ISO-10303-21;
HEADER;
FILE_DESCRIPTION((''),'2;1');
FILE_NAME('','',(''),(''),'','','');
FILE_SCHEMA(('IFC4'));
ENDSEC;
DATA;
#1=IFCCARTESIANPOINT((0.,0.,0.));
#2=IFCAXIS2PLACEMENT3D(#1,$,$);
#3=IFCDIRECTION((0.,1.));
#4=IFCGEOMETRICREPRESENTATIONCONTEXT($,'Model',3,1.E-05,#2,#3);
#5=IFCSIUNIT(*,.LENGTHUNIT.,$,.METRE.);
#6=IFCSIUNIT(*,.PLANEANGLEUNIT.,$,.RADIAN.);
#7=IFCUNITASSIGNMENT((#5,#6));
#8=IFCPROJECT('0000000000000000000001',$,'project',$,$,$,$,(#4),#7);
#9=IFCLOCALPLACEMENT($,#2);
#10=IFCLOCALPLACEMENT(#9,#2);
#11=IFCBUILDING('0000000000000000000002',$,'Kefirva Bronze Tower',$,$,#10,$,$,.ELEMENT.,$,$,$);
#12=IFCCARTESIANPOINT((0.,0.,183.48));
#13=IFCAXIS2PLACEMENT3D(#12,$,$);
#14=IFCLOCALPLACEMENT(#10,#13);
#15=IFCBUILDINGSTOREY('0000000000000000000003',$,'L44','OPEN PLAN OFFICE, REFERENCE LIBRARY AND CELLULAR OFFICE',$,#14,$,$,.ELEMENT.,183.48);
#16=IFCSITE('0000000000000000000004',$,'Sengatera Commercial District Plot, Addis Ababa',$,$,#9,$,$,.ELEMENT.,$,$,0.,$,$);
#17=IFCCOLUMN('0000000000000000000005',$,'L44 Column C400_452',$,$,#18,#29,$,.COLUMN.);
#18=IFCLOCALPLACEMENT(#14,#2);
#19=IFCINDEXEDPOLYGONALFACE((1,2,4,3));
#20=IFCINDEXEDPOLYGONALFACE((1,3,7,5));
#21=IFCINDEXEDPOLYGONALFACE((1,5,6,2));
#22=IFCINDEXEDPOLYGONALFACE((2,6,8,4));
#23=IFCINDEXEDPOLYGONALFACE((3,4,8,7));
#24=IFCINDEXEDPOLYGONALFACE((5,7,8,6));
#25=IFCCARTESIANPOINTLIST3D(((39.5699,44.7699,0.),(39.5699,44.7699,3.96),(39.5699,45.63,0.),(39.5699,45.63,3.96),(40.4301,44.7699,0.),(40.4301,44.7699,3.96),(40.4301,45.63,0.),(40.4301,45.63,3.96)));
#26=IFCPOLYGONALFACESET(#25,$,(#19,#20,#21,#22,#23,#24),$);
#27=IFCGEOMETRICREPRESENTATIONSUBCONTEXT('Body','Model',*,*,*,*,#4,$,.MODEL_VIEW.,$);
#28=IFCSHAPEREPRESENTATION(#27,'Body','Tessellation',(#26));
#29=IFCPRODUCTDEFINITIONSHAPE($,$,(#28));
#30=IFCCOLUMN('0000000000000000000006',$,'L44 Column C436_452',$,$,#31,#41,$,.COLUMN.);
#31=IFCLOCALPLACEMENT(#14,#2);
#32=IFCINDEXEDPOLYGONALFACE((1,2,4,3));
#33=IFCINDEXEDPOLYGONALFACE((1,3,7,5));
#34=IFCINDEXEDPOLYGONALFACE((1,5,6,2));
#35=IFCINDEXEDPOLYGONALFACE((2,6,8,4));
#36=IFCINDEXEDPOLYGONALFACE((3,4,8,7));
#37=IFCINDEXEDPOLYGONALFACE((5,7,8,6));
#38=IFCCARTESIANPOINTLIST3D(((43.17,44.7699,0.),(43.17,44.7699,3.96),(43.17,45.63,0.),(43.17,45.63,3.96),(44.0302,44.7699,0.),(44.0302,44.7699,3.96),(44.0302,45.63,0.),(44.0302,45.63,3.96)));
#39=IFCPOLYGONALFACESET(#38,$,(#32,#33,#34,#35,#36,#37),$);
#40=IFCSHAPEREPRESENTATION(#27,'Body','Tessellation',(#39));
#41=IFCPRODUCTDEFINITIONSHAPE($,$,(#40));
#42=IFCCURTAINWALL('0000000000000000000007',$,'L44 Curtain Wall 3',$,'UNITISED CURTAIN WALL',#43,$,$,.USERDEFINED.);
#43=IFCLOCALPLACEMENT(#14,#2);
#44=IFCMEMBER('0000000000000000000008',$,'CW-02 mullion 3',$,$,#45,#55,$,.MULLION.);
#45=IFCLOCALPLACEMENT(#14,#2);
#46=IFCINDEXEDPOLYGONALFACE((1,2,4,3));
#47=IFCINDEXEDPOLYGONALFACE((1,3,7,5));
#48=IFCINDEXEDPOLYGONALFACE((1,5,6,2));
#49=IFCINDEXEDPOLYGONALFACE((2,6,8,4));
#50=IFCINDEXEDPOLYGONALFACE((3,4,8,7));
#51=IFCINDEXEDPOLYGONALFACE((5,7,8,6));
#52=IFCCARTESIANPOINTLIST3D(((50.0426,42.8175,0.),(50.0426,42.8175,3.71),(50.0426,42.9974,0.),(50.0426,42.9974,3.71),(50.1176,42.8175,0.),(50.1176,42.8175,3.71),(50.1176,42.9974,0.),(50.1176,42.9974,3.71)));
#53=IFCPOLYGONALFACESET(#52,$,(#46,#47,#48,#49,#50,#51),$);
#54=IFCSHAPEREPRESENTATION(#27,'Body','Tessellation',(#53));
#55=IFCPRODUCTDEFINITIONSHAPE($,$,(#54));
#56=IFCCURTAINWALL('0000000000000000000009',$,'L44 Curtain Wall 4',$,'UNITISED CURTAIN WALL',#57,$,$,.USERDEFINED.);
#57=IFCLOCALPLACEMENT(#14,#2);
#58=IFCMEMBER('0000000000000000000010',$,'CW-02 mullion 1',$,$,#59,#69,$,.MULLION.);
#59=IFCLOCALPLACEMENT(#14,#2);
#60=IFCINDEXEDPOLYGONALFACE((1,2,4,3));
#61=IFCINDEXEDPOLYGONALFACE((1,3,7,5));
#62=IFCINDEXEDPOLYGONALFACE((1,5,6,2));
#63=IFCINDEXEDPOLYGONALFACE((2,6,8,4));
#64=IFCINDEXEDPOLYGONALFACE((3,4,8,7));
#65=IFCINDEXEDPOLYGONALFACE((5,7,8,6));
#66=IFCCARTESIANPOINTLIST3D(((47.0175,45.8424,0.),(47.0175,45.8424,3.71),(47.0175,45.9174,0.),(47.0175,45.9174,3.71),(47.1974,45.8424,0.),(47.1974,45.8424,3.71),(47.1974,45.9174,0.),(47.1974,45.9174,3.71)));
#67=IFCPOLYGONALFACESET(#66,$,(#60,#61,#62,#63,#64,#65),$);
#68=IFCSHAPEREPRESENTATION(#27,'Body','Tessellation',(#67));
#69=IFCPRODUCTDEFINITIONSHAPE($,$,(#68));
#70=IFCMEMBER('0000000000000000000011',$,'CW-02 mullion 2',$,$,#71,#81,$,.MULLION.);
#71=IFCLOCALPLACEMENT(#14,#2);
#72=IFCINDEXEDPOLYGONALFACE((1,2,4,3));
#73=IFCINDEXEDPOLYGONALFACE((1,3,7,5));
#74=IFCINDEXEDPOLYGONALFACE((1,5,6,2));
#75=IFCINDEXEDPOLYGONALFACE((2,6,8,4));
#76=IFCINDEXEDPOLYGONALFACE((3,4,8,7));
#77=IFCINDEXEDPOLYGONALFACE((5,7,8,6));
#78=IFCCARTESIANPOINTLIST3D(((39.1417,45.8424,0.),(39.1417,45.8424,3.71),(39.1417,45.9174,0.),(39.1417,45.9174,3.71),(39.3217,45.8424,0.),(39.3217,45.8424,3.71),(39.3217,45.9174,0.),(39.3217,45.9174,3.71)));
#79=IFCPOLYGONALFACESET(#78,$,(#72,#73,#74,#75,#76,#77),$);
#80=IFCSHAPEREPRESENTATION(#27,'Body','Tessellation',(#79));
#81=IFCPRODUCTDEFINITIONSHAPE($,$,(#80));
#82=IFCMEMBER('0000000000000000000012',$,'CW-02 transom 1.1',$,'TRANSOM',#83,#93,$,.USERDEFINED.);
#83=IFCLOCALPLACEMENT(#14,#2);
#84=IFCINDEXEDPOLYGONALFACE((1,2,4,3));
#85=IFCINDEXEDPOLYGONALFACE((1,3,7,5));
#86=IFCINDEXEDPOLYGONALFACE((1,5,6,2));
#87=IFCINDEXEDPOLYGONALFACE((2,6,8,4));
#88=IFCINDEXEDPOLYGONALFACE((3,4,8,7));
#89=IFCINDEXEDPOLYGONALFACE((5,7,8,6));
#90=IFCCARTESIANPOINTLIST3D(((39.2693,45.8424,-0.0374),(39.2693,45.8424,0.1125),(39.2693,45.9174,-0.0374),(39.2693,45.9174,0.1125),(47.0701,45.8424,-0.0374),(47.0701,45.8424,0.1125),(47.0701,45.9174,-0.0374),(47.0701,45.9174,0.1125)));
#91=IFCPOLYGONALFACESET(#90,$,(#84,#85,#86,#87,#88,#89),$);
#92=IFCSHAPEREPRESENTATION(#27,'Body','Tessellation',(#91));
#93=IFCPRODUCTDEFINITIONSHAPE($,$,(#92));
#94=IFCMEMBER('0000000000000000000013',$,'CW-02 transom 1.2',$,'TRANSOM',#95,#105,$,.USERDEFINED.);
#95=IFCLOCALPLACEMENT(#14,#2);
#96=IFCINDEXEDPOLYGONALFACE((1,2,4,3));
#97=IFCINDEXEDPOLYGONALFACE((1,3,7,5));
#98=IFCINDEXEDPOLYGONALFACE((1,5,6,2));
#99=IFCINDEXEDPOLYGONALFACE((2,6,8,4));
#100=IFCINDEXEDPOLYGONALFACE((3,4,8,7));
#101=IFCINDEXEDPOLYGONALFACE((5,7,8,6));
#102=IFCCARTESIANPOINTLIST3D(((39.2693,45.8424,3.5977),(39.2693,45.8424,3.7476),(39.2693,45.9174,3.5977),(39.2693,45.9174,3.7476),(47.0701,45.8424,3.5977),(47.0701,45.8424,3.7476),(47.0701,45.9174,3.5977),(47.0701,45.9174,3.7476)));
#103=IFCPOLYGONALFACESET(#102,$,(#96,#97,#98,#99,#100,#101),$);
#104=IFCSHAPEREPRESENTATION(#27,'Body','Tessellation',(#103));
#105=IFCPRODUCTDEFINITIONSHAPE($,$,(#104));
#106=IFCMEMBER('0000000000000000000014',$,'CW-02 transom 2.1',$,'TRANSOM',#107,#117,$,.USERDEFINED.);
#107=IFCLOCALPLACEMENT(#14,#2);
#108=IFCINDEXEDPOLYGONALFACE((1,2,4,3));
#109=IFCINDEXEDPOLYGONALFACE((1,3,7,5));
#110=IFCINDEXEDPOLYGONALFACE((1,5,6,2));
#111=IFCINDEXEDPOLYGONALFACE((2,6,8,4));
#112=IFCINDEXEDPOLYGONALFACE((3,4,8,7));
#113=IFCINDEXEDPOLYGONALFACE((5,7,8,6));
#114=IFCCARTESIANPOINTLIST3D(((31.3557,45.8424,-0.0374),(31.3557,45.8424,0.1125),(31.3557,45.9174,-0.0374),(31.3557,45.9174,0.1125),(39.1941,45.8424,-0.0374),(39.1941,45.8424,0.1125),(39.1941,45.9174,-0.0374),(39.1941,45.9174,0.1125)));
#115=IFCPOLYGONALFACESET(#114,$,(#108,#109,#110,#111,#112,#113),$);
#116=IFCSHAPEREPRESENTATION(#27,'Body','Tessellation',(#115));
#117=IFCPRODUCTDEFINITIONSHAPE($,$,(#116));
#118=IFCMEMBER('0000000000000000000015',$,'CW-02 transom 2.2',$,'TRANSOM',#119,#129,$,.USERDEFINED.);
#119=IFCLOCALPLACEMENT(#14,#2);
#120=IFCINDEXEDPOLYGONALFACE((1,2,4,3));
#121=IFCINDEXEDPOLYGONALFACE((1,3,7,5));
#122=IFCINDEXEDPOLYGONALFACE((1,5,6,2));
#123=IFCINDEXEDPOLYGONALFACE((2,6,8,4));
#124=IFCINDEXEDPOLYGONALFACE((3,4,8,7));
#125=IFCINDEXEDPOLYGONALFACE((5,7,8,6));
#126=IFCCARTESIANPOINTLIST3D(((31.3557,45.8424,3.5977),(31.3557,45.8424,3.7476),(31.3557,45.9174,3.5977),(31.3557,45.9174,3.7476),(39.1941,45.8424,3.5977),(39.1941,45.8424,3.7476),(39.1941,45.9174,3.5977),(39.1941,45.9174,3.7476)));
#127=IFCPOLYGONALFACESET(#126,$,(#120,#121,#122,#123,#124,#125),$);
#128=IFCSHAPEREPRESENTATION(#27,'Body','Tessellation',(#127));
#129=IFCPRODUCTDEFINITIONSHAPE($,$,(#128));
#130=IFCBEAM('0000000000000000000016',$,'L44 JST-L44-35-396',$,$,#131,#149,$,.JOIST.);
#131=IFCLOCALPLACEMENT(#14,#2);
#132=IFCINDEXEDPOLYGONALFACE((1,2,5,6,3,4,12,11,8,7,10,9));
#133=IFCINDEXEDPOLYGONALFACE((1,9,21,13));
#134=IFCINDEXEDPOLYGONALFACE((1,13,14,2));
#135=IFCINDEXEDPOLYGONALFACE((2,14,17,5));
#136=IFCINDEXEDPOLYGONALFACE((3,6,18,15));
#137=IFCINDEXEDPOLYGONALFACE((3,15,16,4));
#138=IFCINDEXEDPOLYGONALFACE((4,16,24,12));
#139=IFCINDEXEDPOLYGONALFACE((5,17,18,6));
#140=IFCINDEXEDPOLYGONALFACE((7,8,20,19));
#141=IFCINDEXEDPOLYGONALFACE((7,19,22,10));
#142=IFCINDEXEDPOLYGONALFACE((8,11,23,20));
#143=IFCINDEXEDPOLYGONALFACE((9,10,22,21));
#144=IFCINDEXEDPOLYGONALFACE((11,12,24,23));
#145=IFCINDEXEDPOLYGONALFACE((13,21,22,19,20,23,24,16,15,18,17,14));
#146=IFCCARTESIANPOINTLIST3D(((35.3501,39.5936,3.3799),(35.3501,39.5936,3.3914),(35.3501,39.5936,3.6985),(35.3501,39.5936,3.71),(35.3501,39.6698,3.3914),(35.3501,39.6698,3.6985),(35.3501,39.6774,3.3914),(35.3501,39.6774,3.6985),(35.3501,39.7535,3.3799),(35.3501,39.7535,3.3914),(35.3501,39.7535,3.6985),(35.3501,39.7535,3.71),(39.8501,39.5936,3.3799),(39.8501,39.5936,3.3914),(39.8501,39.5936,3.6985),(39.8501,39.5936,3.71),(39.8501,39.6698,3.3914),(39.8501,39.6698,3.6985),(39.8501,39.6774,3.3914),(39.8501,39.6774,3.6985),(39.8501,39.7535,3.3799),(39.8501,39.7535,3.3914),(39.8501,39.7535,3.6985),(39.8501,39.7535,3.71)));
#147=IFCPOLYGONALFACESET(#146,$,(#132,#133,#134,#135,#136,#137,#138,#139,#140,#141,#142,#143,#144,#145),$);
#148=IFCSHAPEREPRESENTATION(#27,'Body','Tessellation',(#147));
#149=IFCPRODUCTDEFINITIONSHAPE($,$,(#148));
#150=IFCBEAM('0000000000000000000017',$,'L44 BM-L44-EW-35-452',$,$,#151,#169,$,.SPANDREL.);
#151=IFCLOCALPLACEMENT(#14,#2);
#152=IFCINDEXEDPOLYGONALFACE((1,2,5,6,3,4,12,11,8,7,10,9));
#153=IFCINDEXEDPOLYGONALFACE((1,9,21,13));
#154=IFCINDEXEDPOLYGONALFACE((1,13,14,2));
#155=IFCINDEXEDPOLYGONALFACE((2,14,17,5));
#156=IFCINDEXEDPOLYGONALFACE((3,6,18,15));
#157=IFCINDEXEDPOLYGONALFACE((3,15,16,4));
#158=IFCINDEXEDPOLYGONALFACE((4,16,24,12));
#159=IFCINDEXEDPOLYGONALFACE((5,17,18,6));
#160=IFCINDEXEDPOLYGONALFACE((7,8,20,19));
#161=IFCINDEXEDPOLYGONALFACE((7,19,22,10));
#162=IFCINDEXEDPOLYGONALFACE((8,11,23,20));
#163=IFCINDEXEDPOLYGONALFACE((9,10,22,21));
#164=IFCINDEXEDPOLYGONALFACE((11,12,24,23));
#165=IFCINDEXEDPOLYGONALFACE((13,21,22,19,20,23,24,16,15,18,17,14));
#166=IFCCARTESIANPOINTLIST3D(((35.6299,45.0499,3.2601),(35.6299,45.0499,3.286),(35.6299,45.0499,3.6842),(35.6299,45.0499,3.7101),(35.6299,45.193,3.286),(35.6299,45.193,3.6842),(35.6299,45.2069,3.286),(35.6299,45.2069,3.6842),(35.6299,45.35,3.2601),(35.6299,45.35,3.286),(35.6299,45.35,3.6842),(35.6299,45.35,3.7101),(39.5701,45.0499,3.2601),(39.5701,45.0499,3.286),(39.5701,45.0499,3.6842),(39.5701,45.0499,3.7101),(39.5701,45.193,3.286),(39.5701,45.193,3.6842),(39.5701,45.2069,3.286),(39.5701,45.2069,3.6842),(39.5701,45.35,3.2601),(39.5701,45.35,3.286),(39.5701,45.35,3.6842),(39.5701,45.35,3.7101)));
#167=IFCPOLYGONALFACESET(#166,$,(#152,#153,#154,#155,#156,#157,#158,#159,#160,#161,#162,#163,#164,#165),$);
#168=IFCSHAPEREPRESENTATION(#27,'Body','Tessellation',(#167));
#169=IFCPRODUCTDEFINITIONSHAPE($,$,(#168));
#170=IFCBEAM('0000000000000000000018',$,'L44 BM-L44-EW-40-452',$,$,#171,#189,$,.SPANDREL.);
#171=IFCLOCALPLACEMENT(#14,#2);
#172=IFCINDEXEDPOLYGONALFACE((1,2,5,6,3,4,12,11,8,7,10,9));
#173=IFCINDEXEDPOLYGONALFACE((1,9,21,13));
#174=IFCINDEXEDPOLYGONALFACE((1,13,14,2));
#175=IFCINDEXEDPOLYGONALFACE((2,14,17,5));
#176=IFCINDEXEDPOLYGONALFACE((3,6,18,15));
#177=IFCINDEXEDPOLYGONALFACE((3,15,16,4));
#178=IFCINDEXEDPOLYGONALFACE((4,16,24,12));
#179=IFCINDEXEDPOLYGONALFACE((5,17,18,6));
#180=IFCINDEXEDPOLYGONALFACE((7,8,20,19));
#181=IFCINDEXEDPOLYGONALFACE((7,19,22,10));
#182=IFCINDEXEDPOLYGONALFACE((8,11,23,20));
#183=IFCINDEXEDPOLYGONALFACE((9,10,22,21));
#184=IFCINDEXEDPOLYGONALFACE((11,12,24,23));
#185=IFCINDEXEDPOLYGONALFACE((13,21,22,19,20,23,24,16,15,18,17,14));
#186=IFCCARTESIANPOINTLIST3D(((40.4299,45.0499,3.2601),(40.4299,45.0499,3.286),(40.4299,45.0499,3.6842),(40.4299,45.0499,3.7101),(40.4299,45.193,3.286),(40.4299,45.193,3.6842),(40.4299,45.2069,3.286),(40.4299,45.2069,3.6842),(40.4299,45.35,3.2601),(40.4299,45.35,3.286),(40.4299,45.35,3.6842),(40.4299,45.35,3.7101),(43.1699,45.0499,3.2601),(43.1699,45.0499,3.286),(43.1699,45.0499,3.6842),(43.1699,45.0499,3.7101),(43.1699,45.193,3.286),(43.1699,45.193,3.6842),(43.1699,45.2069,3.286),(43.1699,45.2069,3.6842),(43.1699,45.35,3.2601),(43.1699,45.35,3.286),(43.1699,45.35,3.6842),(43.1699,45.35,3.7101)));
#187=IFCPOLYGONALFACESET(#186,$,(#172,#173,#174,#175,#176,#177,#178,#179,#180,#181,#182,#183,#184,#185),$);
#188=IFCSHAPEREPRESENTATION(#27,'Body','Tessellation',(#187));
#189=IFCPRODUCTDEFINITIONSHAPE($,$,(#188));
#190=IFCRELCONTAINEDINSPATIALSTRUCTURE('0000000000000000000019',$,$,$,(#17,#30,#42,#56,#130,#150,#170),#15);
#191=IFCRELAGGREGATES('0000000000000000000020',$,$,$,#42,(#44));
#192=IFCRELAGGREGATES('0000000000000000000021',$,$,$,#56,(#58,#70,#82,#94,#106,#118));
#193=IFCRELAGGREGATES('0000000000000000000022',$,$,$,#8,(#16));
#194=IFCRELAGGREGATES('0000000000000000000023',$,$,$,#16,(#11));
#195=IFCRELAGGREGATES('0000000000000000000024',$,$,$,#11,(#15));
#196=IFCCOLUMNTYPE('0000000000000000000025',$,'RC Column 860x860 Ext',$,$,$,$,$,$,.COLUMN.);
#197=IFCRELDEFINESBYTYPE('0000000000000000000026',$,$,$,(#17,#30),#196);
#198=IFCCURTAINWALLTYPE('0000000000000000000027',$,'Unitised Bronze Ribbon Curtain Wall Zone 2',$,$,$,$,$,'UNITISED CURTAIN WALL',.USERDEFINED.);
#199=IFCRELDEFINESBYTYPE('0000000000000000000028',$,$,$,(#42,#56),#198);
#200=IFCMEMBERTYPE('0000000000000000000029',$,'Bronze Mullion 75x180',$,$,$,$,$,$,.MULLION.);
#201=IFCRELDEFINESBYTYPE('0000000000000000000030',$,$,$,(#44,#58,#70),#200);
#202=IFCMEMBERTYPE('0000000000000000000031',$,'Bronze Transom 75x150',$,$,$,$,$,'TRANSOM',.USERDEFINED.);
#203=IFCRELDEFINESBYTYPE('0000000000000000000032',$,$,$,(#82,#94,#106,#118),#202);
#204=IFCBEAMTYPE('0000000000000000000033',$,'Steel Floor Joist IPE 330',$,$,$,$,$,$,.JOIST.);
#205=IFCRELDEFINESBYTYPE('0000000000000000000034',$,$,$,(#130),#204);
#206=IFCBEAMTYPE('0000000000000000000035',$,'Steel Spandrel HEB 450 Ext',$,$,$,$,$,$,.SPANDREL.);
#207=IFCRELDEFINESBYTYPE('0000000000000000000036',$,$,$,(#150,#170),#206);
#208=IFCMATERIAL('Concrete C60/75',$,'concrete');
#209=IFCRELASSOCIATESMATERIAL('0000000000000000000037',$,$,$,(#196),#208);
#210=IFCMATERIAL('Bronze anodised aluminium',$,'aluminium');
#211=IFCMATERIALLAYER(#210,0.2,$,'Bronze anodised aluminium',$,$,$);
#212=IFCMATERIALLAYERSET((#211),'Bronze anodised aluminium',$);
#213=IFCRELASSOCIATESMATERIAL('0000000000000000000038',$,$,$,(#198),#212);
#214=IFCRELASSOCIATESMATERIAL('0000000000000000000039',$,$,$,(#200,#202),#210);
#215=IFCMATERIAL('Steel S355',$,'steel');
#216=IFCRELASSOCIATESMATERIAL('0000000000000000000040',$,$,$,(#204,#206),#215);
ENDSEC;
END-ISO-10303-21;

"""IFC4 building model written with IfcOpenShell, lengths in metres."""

from ifc_helpers import new_model, si_unit, direction, frame, origin, origin_2d, place, context, subcontext, project, spatial, rectangle, i_section, extrude, material, layer, layer_set, material_profile, profile_set, type_object, element, aggregate, save


model = new_model("IFC4")

# Units and contexts
model_context = context("Model", 3, precision=1e-05, world=origin(), true_north=direction((0.0, 1.0)))
body_context = subcontext(model_context, "Body", "Model", "MODEL_VIEW")
ifc_project = project(units=[si_unit("LENGTHUNIT", "METRE"), si_unit("PLANEANGLEUNIT", "RADIAN")], contexts=[model_context])

# Site, building, storey
site_placement = place(None, origin())
site = spatial("IfcSite", under=ifc_project, at=site_placement, Name="Sengatera Commercial District Plot, Addis Ababa", CompositionType="ELEMENT", RefElevation=0.0)
building_placement = place(site_placement, origin())
building = spatial("IfcBuilding", under=site, at=building_placement, Name="Kefirva Bronze Tower", CompositionType="ELEMENT")
storey_placement = place(building_placement, frame((0.0, 0.0, 183.48)))
storey = spatial("IfcBuildingStorey", under=building, at=storey_placement, Name="L44", Description="OPEN PLAN OFFICE, REFERENCE LIBRARY AND CELLULAR OFFICE", CompositionType="ELEMENT", Elevation=183.48)

# Columns
ifc_material_1 = material(Name="Concrete C60/75", Category="concrete")
ifc_material_profile_1 = material_profile(ifc_material_1, rectangle(XDim=0.8601, YDim=0.8601, at=origin_2d()), Name="RC 860x860")
ifc_profile_set_1 = profile_set([ifc_material_profile_1], Name="Concrete C60/75")
column_type = type_object("IfcColumnType", Name="RC Column 860x860 Ext", PredefinedType="COLUMN", material=ifc_profile_set_1)
for number, where, z_axis, x_axis, name in (
    (1, (40.0, 45.2, 0.0), (0.0, 0.0, 1.0), (1.0, 0.0, 0.0), "L44 Column C400_452"),
    (2, (43.6001, 45.2, 0.0), (0.0, 0.0, 1.0), (1.0, 0.0, 0.0), "L44 Column C436_452"),
):
    element("IfcColumn", number, at=place(storey_placement, frame(where, z_axis=z_axis, x_axis=x_axis)), inside=storey, type_object=column_type, Name=name, PredefinedType="COLUMN", context=body_context, shape_type="SweptSolid", body=[
        extrude(rectangle(XDim=0.8601, YDim=0.8601, at=origin_2d()), origin(), (0.0, 0.0, 1.0), 3.96),
    ])

# Curtain wall, member
ifc_material_2 = material(Name="Bronze anodised aluminium", Category="aluminium")
ifc_layer_1 = layer(ifc_material_2, 0.2, Name="Bronze anodised aluminium")
ifc_layer_set_1 = layer_set([ifc_layer_1], Name="Bronze anodised aluminium")
curtain_wall_type = type_object("IfcCurtainWallType", Name="Unitised Bronze Ribbon Curtain Wall Zone 2", ElementType="UNITISED CURTAIN WALL", PredefinedType="USERDEFINED", material=ifc_layer_set_1)
curtain_wall_1_placement = place(storey_placement, origin())
curtain_wall_1 = element("IfcCurtainWall", 3, at=curtain_wall_1_placement, inside=storey, type_object=curtain_wall_type, Name="L44 Curtain Wall 3", ObjectType="UNITISED CURTAIN WALL", PredefinedType="USERDEFINED")
ifc_material_profile_2 = material_profile(ifc_material_2, rectangle(XDim=0.075, YDim=0.1799, at=origin_2d()), Name="ALU 75x180")
ifc_profile_set_2 = profile_set([ifc_material_profile_2], Name="Bronze anodised aluminium")
member_type_1 = type_object("IfcMemberType", Name="Bronze Mullion 75x180", PredefinedType="MULLION", material=ifc_profile_set_2)
member_1_placement = place(storey_placement, frame((50.0801, 42.9075, 0.0), z_axis=(0.0, 0.0, 1.0), x_axis=(-1.0, 0.0, 0.0)))
member_1 = element("IfcMember", 4, at=member_1_placement, type_object=member_type_1, Name="CW-02 mullion 3", PredefinedType="MULLION", context=body_context, shape_type="SweptSolid", body=[
    extrude(rectangle(XDim=0.075, YDim=0.1799, at=origin_2d()), origin(), (0.0, 0.0, 1.0), 3.71),
])
aggregate(curtain_wall_1, [member_1])

# Curtain wall, members
curtain_wall_2_placement = place(storey_placement, origin())
curtain_wall_2 = element("IfcCurtainWall", 5, at=curtain_wall_2_placement, inside=storey, type_object=curtain_wall_type, Name="L44 Curtain Wall 4", ObjectType="UNITISED CURTAIN WALL", PredefinedType="USERDEFINED")
member_2_placement = place(storey_placement, frame((47.1074, 45.8799, 0.0), z_axis=(0.0, 0.0, 1.0), x_axis=(0.0, -1.0, 0.0)))
member_2 = element("IfcMember", 6, at=member_2_placement, type_object=member_type_1, Name="CW-02 mullion 1", PredefinedType="MULLION", context=body_context, shape_type="SweptSolid", body=[
    extrude(rectangle(XDim=0.075, YDim=0.1799, at=origin_2d()), origin(), (0.0, 0.0, 1.0), 3.71),
])
member_3_placement = place(storey_placement, frame((39.2317, 45.8799, 0.0), z_axis=(0.0, 0.0, 1.0), x_axis=(0.0, -1.0, 0.0)))
member_3 = element("IfcMember", 7, at=member_3_placement, type_object=member_type_1, Name="CW-02 mullion 2", PredefinedType="MULLION", context=body_context, shape_type="SweptSolid", body=[
    extrude(rectangle(XDim=0.075, YDim=0.1799, at=origin_2d()), origin(), (0.0, 0.0, 1.0), 3.71),
])
ifc_material_profile_3 = material_profile(ifc_material_2, rectangle(XDim=0.075, YDim=0.1499, at=origin_2d()), Name="ALU 75x150")
ifc_profile_set_3 = profile_set([ifc_material_profile_3], Name="Bronze anodised aluminium")
member_type_2 = type_object("IfcMemberType", Name="Bronze Transom 75x150", ElementType="TRANSOM", PredefinedType="USERDEFINED", material=ifc_profile_set_3)
member_4_placement = place(storey_placement, frame((47.0701, 45.8799, 0.0376), z_axis=(-1.0, 0.0, 0.0), x_axis=(0.0, -1.0, 0.0)))
member_4 = element("IfcMember", 8, at=member_4_placement, type_object=member_type_2, Name="CW-02 transom 1.1", ObjectType="TRANSOM", PredefinedType="USERDEFINED", context=body_context, shape_type="SweptSolid", body=[
    extrude(rectangle(XDim=0.075, YDim=0.1499, at=origin_2d()), origin(), (0.0, 0.0, 1.0), 7.8008),
])
member_5_placement = place(storey_placement, frame((47.0701, 45.8799, 3.6726), z_axis=(-1.0, 0.0, 0.0), x_axis=(0.0, -1.0, 0.0)))
member_5 = element("IfcMember", 9, at=member_5_placement, type_object=member_type_2, Name="CW-02 transom 1.2", ObjectType="TRANSOM", PredefinedType="USERDEFINED", context=body_context, shape_type="SweptSolid", body=[
    extrude(rectangle(XDim=0.075, YDim=0.1499, at=origin_2d()), origin(), (0.0, 0.0, 1.0), 7.8008),
])
member_6_placement = place(storey_placement, frame((39.1941, 45.8799, 0.0376), z_axis=(-1.0, 0.0, 0.0), x_axis=(0.0, -1.0, 0.0)))
member_6 = element("IfcMember", 10, at=member_6_placement, type_object=member_type_2, Name="CW-02 transom 2.1", ObjectType="TRANSOM", PredefinedType="USERDEFINED", context=body_context, shape_type="SweptSolid", body=[
    extrude(rectangle(XDim=0.075, YDim=0.1499, at=origin_2d()), origin(), (0.0, 0.0, 1.0), 7.8384),
])
member_7_placement = place(storey_placement, frame((39.1941, 45.8799, 3.6726), z_axis=(-1.0, 0.0, 0.0), x_axis=(0.0, -1.0, 0.0)))
member_7 = element("IfcMember", 11, at=member_7_placement, type_object=member_type_2, Name="CW-02 transom 2.2", ObjectType="TRANSOM", PredefinedType="USERDEFINED", context=body_context, shape_type="SweptSolid", body=[
    extrude(rectangle(XDim=0.075, YDim=0.1499, at=origin_2d()), origin(), (0.0, 0.0, 1.0), 7.8384),
])

# Beams
ifc_material_3 = material(Name="Steel S355", Category="steel")
ifc_material_profile_4 = material_profile(ifc_material_3, i_section(OverallWidth=0.1599, OverallDepth=0.3301, WebThickness=0.0076, FlangeThickness=0.0115, at=origin_2d()), Name="IPE 330")
ifc_profile_set_4 = profile_set([ifc_material_profile_4], Name="Steel S355")
beam_type_1 = type_object("IfcBeamType", Name="Steel Floor Joist IPE 330", PredefinedType="JOIST", material=ifc_profile_set_4)
beam_1_placement = place(storey_placement, frame((35.3501, 39.6736, 3.5449), z_axis=(1.0, 0.0, 0.0), x_axis=(0.0, 1.0, 0.0)))
element("IfcBeam", 12, at=beam_1_placement, inside=storey, type_object=beam_type_1, Name="L44 JST-L44-35-396", PredefinedType="JOIST", context=body_context, shape_type="SweptSolid", body=[
    extrude(i_section(OverallWidth=0.1599, OverallDepth=0.3301, WebThickness=0.0076, FlangeThickness=0.0115, at=origin_2d()), origin(), (0.0, 0.0, 1.0), 4.5),
])
ifc_material_profile_5 = material_profile(ifc_material_3, i_section(OverallWidth=0.3, OverallDepth=0.45, WebThickness=0.0139, FlangeThickness=0.0259, at=origin_2d()), Name="HEB 450")
ifc_profile_set_5 = profile_set([ifc_material_profile_5], Name="Steel S355")
beam_type_2 = type_object("IfcBeamType", Name="Steel Spandrel HEB 450 Ext", PredefinedType="SPANDREL", material=ifc_profile_set_5)
beam_2_placement = place(storey_placement, frame((35.6299, 45.2, 3.4851), z_axis=(1.0, 0.0, 0.0), x_axis=(0.0, 1.0, 0.0)))
element("IfcBeam", 13, at=beam_2_placement, inside=storey, type_object=beam_type_2, Name="L44 BM-L44-EW-35-452", PredefinedType="SPANDREL", context=body_context, shape_type="SweptSolid", body=[
    extrude(i_section(OverallWidth=0.3, OverallDepth=0.45, WebThickness=0.0139, FlangeThickness=0.0259, at=origin_2d()), origin(), (0.0, 0.0, 1.0), 3.9402),
])
beam_3_placement = place(storey_placement, frame((40.4299, 45.2, 3.4851), z_axis=(1.0, 0.0, 0.0), x_axis=(0.0, 1.0, 0.0)))
element("IfcBeam", 14, at=beam_3_placement, inside=storey, type_object=beam_type_2, Name="L44 BM-L44-EW-40-452", PredefinedType="SPANDREL", context=body_context, shape_type="SweptSolid", body=[
    extrude(i_section(OverallWidth=0.3, OverallDepth=0.45, WebThickness=0.0139, FlangeThickness=0.0259, at=origin_2d()), origin(), (0.0, 0.0, 1.0), 2.74),
])

aggregate(curtain_wall_2, [member_2, member_3, member_4, member_5, member_6, member_7])

save(model, "model.ifc")
